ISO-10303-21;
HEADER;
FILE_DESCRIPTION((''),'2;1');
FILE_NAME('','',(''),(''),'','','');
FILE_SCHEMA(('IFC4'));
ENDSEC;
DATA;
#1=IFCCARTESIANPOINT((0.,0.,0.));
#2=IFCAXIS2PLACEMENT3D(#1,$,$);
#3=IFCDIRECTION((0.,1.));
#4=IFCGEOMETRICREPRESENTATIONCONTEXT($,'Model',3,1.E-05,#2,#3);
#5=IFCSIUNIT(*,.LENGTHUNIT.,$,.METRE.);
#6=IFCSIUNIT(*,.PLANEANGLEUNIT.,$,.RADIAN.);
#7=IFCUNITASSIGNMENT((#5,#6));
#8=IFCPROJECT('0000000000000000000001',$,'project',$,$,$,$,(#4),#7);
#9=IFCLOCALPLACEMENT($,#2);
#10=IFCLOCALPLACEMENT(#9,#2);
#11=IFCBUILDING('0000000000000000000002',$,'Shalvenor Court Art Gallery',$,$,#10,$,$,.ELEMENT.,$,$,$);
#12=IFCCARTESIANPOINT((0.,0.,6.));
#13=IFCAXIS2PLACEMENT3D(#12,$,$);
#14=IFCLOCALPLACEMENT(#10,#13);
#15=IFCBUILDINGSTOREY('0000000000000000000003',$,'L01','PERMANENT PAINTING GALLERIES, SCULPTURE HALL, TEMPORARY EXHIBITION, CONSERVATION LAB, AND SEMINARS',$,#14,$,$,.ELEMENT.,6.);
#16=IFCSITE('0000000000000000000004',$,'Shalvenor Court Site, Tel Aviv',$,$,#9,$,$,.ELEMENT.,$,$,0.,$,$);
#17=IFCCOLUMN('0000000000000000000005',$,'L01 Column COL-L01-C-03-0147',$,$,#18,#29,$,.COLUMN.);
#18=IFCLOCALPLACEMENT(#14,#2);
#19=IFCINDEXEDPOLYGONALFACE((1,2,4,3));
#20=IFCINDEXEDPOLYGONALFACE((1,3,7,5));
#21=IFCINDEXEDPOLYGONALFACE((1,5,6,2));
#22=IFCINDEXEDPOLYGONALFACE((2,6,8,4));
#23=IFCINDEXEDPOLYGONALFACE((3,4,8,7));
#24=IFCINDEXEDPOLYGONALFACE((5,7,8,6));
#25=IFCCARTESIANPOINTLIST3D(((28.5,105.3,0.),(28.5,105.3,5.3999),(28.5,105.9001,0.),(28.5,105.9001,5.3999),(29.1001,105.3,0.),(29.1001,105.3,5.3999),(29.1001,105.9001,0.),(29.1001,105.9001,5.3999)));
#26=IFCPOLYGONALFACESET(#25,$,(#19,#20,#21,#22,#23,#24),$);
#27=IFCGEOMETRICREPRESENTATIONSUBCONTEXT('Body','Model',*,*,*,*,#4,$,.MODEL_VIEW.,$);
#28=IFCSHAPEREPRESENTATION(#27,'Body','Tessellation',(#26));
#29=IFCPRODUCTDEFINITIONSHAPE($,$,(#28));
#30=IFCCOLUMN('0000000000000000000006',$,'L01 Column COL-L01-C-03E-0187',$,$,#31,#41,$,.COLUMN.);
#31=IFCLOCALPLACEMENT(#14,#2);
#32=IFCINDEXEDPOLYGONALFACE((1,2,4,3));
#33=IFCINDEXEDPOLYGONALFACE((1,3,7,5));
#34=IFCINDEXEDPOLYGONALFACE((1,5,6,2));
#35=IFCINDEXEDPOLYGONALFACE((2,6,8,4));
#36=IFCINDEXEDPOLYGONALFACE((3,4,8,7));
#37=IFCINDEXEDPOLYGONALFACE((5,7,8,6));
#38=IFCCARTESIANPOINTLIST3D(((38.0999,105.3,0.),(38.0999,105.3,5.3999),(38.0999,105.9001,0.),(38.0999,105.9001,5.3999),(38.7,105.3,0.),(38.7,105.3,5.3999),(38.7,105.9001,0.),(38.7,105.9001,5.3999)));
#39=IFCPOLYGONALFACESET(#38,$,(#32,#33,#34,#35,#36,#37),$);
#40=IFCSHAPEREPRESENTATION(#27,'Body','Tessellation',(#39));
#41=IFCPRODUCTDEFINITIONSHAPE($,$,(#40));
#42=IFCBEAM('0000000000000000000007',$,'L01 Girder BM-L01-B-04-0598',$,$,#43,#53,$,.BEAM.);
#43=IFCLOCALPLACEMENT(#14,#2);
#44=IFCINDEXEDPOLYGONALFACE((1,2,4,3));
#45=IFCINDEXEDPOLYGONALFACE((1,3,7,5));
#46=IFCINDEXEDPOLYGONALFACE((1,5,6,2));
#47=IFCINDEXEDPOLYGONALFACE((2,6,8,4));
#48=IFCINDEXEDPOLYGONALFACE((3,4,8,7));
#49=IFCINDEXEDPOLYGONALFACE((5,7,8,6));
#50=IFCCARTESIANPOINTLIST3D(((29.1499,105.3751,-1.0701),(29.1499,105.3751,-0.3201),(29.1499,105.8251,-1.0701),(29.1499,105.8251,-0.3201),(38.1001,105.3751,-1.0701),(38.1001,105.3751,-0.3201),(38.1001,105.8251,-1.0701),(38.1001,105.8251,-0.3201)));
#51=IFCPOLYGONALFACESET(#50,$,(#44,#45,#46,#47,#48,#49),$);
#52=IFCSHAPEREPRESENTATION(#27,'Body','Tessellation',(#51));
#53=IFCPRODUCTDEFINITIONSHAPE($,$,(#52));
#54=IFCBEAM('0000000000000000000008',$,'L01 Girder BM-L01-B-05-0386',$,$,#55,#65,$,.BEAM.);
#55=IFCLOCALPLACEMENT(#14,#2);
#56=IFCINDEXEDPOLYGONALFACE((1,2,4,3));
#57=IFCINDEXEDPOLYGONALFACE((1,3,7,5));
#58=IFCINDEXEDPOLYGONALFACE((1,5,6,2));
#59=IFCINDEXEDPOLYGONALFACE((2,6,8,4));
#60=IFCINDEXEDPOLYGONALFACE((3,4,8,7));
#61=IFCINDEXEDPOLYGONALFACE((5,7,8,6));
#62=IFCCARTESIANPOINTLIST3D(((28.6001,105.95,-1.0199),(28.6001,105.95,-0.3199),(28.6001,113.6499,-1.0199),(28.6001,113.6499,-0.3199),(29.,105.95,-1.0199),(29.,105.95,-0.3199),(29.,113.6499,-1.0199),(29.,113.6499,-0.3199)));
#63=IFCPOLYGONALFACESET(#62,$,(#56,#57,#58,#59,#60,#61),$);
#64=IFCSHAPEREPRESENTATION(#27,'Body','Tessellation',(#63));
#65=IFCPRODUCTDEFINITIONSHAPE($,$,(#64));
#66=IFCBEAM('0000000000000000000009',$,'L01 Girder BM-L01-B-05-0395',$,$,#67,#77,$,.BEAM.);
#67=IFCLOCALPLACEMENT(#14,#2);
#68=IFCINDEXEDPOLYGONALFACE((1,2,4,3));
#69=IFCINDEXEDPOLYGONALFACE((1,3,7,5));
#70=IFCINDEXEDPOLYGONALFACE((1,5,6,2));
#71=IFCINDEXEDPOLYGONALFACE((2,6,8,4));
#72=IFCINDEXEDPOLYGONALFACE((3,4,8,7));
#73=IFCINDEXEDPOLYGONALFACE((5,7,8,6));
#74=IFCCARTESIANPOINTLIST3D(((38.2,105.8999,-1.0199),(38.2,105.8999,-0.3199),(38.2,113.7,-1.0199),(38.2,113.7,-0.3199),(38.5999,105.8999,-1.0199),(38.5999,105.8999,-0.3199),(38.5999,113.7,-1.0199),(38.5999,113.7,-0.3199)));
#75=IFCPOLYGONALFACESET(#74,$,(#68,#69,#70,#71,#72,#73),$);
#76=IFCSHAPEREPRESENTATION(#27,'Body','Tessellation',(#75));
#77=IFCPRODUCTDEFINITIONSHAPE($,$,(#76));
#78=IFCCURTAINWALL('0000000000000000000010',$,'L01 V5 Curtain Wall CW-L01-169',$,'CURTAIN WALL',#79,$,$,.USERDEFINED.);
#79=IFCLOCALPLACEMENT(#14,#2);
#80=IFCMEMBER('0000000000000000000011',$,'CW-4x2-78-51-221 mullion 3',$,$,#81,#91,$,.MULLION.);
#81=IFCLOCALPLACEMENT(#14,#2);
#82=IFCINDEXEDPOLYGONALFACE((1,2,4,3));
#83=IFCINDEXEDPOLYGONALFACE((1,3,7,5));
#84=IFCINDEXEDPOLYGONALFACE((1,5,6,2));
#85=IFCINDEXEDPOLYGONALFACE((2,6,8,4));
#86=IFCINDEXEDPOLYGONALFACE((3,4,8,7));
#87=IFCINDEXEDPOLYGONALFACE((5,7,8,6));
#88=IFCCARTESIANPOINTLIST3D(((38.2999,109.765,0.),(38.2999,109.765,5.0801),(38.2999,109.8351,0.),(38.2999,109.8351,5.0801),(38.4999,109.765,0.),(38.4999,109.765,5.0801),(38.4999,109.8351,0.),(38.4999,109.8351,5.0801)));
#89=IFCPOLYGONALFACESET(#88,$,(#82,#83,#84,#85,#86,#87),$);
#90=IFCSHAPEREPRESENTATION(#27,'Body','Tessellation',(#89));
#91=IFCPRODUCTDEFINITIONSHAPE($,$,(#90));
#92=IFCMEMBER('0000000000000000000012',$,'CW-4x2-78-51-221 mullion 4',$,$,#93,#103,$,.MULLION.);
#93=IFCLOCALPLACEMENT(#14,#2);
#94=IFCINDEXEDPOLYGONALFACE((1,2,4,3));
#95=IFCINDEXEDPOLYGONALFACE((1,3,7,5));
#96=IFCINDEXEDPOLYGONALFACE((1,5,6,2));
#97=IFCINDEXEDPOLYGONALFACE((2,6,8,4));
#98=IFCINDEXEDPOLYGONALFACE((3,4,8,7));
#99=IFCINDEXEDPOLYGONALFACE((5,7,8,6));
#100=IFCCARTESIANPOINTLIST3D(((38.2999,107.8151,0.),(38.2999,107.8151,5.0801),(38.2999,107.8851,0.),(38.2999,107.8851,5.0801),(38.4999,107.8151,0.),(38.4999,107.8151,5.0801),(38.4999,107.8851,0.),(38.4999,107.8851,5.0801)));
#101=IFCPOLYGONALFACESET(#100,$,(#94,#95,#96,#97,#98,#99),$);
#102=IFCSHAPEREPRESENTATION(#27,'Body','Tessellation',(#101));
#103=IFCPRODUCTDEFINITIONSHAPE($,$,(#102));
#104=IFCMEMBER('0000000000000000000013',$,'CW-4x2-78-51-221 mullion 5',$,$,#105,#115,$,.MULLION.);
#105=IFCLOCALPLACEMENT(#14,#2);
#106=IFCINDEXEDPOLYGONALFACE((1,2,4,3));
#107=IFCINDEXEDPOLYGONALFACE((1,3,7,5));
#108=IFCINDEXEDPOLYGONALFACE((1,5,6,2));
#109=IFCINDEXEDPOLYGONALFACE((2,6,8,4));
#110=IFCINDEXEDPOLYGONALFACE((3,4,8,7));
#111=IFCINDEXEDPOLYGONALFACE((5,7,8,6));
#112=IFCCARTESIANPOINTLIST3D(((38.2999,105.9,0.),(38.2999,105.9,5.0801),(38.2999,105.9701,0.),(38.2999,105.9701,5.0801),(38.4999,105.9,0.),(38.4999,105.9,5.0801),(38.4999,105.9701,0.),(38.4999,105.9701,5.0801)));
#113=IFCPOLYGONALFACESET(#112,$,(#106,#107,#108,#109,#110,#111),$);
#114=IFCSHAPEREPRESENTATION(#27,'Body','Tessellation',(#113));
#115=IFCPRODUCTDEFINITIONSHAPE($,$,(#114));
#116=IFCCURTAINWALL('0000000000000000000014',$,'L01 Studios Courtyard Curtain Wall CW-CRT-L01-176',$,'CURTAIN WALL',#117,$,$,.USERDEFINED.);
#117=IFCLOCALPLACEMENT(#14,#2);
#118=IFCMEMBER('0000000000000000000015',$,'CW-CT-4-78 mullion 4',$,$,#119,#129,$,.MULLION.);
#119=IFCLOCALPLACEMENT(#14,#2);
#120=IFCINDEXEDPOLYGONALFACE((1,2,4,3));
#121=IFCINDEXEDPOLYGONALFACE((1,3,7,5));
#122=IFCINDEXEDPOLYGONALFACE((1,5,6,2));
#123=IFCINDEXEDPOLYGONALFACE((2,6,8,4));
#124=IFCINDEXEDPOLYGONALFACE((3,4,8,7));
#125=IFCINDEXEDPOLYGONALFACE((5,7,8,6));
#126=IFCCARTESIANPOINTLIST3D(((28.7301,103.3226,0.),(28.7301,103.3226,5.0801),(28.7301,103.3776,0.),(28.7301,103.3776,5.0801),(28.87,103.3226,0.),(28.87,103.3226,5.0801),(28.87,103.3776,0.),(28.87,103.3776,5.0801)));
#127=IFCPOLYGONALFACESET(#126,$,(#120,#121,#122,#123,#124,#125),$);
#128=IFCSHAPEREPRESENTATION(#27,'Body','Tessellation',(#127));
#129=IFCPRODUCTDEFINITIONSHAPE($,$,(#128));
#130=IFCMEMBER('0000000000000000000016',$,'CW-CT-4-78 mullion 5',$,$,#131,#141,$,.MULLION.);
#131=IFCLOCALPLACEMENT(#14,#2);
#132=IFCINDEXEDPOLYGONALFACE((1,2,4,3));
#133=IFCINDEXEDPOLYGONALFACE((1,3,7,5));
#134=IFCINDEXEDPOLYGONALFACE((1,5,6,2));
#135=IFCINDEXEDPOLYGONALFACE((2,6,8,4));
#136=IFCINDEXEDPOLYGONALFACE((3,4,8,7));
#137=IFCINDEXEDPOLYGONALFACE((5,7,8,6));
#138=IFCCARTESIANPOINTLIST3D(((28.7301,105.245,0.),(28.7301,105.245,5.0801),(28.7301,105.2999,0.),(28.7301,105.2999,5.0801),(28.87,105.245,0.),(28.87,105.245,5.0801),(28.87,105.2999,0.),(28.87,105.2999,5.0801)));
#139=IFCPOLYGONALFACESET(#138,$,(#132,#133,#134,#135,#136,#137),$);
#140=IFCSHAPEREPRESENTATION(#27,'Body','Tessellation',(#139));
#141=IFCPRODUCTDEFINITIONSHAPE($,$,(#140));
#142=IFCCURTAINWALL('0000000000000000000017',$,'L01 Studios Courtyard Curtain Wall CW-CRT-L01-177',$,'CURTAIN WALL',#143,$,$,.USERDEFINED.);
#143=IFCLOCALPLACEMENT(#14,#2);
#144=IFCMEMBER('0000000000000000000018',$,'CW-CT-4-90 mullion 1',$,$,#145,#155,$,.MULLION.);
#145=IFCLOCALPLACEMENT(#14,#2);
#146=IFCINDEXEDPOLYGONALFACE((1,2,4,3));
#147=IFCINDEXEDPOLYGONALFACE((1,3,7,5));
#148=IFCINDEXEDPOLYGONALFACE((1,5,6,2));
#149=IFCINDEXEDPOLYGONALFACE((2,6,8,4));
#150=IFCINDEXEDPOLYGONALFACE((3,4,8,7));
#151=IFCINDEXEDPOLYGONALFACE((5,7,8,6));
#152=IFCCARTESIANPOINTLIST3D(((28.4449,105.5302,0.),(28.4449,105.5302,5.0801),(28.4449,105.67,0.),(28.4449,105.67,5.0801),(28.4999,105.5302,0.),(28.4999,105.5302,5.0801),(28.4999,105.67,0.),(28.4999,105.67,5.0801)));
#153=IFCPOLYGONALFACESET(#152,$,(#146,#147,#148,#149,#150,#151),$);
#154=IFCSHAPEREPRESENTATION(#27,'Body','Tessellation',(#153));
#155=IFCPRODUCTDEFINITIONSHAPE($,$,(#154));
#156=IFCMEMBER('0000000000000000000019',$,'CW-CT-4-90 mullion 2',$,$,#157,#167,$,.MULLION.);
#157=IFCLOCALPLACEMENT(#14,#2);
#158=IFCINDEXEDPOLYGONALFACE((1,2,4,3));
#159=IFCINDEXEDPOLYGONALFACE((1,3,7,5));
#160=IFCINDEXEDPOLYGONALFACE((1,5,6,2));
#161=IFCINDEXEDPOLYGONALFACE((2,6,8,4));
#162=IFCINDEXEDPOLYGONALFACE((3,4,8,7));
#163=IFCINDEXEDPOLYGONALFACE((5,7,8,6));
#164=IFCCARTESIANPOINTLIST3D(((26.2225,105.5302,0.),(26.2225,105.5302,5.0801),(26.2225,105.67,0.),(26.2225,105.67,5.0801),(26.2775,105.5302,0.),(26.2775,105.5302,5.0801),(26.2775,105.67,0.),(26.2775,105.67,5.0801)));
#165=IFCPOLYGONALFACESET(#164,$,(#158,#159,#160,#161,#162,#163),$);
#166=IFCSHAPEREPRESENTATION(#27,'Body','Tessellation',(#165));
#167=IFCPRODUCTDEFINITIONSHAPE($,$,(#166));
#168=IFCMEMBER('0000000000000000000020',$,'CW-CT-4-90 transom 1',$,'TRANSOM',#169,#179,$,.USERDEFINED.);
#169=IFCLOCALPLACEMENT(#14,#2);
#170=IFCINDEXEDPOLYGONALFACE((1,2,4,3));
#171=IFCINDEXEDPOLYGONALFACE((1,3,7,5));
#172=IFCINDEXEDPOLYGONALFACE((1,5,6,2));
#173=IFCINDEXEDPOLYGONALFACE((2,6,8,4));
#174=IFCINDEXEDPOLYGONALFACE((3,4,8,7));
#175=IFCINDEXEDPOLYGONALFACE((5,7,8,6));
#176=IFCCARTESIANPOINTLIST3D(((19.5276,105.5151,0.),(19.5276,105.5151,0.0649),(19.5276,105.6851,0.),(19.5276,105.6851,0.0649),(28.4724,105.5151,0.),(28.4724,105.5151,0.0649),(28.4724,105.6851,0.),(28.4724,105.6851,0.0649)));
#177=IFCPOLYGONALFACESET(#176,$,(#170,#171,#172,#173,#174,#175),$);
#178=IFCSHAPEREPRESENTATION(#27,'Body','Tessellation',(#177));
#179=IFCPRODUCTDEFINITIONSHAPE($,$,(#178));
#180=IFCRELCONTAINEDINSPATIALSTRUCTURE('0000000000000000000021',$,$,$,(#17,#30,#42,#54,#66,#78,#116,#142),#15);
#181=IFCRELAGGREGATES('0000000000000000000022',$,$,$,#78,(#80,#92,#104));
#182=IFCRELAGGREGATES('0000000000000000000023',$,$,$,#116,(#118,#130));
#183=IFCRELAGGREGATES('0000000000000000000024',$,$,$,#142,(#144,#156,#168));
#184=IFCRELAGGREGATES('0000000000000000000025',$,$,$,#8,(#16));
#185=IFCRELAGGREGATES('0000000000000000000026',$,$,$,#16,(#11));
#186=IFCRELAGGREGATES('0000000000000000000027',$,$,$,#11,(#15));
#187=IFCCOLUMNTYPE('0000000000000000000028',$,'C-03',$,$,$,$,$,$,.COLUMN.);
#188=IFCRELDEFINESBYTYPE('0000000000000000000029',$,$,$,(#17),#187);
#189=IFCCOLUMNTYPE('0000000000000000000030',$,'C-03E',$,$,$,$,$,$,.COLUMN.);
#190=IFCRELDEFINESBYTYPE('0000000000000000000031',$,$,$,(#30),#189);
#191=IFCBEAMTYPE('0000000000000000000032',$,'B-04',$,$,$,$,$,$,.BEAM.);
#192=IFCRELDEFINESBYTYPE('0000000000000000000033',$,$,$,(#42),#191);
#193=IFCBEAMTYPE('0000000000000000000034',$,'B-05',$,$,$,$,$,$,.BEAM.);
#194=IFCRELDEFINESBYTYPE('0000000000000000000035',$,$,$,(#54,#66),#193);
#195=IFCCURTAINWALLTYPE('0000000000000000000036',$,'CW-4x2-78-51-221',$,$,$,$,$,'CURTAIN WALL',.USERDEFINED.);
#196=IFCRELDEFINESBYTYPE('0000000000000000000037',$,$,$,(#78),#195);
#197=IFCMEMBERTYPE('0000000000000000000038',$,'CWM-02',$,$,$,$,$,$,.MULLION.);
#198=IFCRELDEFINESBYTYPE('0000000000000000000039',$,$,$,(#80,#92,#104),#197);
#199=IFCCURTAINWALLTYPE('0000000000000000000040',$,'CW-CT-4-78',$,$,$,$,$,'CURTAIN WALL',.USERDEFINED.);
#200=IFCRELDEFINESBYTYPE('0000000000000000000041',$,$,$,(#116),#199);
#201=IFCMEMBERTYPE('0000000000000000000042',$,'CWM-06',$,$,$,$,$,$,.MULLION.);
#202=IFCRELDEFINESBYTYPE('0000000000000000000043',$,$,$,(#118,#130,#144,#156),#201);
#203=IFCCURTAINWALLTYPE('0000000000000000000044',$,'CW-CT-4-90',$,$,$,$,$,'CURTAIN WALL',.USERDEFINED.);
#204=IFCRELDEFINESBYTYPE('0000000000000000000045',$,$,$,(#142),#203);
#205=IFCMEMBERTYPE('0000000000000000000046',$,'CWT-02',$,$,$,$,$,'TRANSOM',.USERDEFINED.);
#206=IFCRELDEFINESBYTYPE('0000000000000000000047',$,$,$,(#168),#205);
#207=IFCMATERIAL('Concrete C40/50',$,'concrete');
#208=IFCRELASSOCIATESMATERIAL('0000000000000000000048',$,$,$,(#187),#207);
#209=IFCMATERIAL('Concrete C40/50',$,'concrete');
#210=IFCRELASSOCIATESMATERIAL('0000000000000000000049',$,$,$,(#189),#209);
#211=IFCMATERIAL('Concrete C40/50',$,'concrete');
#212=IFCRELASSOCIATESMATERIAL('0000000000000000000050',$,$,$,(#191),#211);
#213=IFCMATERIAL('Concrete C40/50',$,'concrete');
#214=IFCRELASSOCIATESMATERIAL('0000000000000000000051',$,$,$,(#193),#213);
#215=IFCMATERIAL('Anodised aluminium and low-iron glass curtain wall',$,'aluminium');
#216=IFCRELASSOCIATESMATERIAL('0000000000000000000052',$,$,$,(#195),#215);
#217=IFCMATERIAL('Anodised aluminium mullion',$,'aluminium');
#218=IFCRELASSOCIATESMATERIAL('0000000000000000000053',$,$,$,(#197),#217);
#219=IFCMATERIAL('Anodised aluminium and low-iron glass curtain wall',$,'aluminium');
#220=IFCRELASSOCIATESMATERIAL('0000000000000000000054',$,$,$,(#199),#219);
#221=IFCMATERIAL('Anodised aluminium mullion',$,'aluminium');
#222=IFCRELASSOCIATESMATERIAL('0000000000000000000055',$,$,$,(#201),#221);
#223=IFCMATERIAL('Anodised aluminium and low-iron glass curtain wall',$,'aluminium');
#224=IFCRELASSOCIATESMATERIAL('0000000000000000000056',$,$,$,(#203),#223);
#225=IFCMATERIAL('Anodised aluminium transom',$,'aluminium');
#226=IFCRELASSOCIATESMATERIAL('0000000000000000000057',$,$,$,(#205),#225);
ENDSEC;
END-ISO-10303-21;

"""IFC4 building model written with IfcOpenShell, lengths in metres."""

from ifc_helpers import new_model, si_unit, direction, frame, origin, origin_2d, place, context, subcontext, project, spatial, rectangle, extrude, material, material_profile, profile_set, type_object, element, aggregate, save


model = new_model("IFC4")

# Units and contexts
model_context = context("Model", 3, precision=1e-05, world=origin(), true_north=direction((0.0, 1.0)))
body_context = subcontext(model_context, "Body", "Model", "MODEL_VIEW")
ifc_project = project(units=[si_unit("LENGTHUNIT", "METRE"), si_unit("PLANEANGLEUNIT", "RADIAN")], contexts=[model_context])

# Site, building, storey
site_placement = place(None, origin())
site = spatial("IfcSite", under=ifc_project, at=site_placement, Name="Shalvenor Court Site, Tel Aviv", CompositionType="ELEMENT", RefElevation=0.0)
building_placement = place(site_placement, origin())
building = spatial("IfcBuilding", under=site, at=building_placement, Name="Shalvenor Court Art Gallery", CompositionType="ELEMENT")
storey_placement = place(building_placement, frame((0.0, 0.0, 6.0)))
storey = spatial("IfcBuildingStorey", under=building, at=storey_placement, Name="L01", Description="PERMANENT PAINTING GALLERIES, SCULPTURE HALL, TEMPORARY EXHIBITION, CONSERVATION LAB, AND SEMINARS", CompositionType="ELEMENT", Elevation=6.0)

# Columns
ifc_material_1 = material(Name="Concrete C40/50", Category="concrete")
ifc_material_profile_1 = material_profile(ifc_material_1, rectangle(XDim=0.6001, YDim=0.6001, at=origin_2d()), Name="RC 600x600")
ifc_profile_set_1 = profile_set([ifc_material_profile_1], Name="Concrete C40/50")
column_type_1 = type_object("IfcColumnType", Name="C-03", PredefinedType="COLUMN", material=ifc_profile_set_1)
column_1_placement = place(storey_placement, frame((28.8, 105.6001, 0.0), z_axis=(0.0, 0.0, 1.0), x_axis=(1.0, 0.0, 0.0)))
element("IfcColumn", 1, at=column_1_placement, inside=storey, type_object=column_type_1, Name="L01 Column COL-L01-C-03-0147", PredefinedType="COLUMN", context=body_context, shape_type="SweptSolid", body=[
    extrude(rectangle(XDim=0.6001, YDim=0.6001, at=origin_2d()), origin(), (0.0, 0.0, 1.0), 5.3999),
])
ifc_material_2 = material(Name="Concrete C40/50", Category="concrete")
ifc_material_profile_2 = material_profile(ifc_material_2, rectangle(XDim=0.6001, YDim=0.6001, at=origin_2d()), Name="RC 600x600")
ifc_profile_set_2 = profile_set([ifc_material_profile_2], Name="Concrete C40/50")
column_type_2 = type_object("IfcColumnType", Name="C-03E", PredefinedType="COLUMN", material=ifc_profile_set_2)
column_2_placement = place(storey_placement, frame((38.3999, 105.6001, 0.0), z_axis=(0.0, 0.0, 1.0), x_axis=(1.0, 0.0, 0.0)))
element("IfcColumn", 2, at=column_2_placement, inside=storey, type_object=column_type_2, Name="L01 Column COL-L01-C-03E-0187", PredefinedType="COLUMN", context=body_context, shape_type="SweptSolid", body=[
    extrude(rectangle(XDim=0.6001, YDim=0.6001, at=origin_2d()), origin(), (0.0, 0.0, 1.0), 5.3999),
])

# Beams
ifc_material_3 = material(Name="Concrete C40/50", Category="concrete")
ifc_material_profile_3 = material_profile(ifc_material_3, rectangle(XDim=0.45, YDim=0.75, at=origin_2d()), Name="RC 450x750")
ifc_profile_set_3 = profile_set([ifc_material_profile_3], Name="Concrete C40/50")
beam_type_1 = type_object("IfcBeamType", Name="B-04", PredefinedType="BEAM", material=ifc_profile_set_3)
beam_1_placement = place(storey_placement, frame((29.1499, 105.6001, -0.6951), z_axis=(1.0, 0.0, 0.0), x_axis=(0.0, 1.0, 0.0)))
element("IfcBeam", 3, at=beam_1_placement, inside=storey, type_object=beam_type_1, Name="L01 Girder BM-L01-B-04-0598", PredefinedType="BEAM", context=body_context, shape_type="SweptSolid", body=[
    extrude(rectangle(XDim=0.45, YDim=0.75, at=origin_2d()), origin(), (0.0, 0.0, 1.0), 8.9502),
])
ifc_material_4 = material(Name="Concrete C40/50", Category="concrete")
ifc_material_profile_4 = material_profile(ifc_material_4, rectangle(XDim=0.3999, YDim=0.7, at=origin_2d()), Name="RC 400x700")
ifc_profile_set_4 = profile_set([ifc_material_profile_4], Name="Concrete C40/50")
beam_type_2 = type_object("IfcBeamType", Name="B-05", PredefinedType="BEAM", material=ifc_profile_set_4)
beam_2_placement = place(storey_placement, frame((28.8, 105.95, -0.6699), z_axis=(0.0, 1.0, 0.0), x_axis=(-1.0, 0.0, 0.0)))
element("IfcBeam", 4, at=beam_2_placement, inside=storey, type_object=beam_type_2, Name="L01 Girder BM-L01-B-05-0386", PredefinedType="BEAM", context=body_context, shape_type="SweptSolid", body=[
    extrude(rectangle(XDim=0.3999, YDim=0.7, at=origin_2d()), origin(), (0.0, 0.0, 1.0), 7.7),
])
beam_3_placement = place(storey_placement, frame((38.3999, 105.8999, -0.6699), z_axis=(0.0, 1.0, 0.0), x_axis=(-1.0, 0.0, 0.0)))
element("IfcBeam", 5, at=beam_3_placement, inside=storey, type_object=beam_type_2, Name="L01 Girder BM-L01-B-05-0395", PredefinedType="BEAM", context=body_context, shape_type="SweptSolid", body=[
    extrude(rectangle(XDim=0.3999, YDim=0.7, at=origin_2d()), origin(), (0.0, 0.0, 1.0), 7.8),
])

# Curtain walls, members
ifc_material_5 = material(Name="Anodised aluminium and low-iron glass curtain wall", Category="aluminium")
curtain_wall_type_1 = type_object("IfcCurtainWallType", Name="CW-4x2-78-51-221", ElementType="CURTAIN WALL", PredefinedType="USERDEFINED", material=ifc_material_5)
curtain_wall_1_placement = place(storey_placement, origin())
curtain_wall_1 = element("IfcCurtainWall", 6, at=curtain_wall_1_placement, inside=storey, type_object=curtain_wall_type_1, Name="L01 V5 Curtain Wall CW-L01-169", ObjectType="CURTAIN WALL", PredefinedType="USERDEFINED")
ifc_material_6 = material(Name="Anodised aluminium mullion", Category="aluminium")
ifc_material_profile_5 = material_profile(ifc_material_6, rectangle(XDim=0.0701, YDim=0.2, at=origin_2d()), Name="CWM-02")
ifc_profile_set_5 = profile_set([ifc_material_profile_5], Name="Anodised aluminium mullion")
member_type_1 = type_object("IfcMemberType", Name="CWM-02", PredefinedType="MULLION", material=ifc_profile_set_5)
member_1_placement = place(storey_placement, frame((38.3999, 109.8, 0.0), z_axis=(0.0, 0.0, 1.0), x_axis=(0.0, -1.0, 0.0)))
member_1 = element("IfcMember", 7, at=member_1_placement, type_object=member_type_1, Name="CW-4x2-78-51-221 mullion 3", PredefinedType="MULLION", context=body_context, shape_type="SweptSolid", body=[
    extrude(rectangle(XDim=0.0701, YDim=0.2, at=origin_2d()), origin(), (0.0, 0.0, 1.0), 5.0801),
])
member_2_placement = place(storey_placement, frame((38.3999, 107.8501, 0.0), z_axis=(0.0, 0.0, 1.0), x_axis=(0.0, -1.0, 0.0)))
member_2 = element("IfcMember", 8, at=member_2_placement, type_object=member_type_1, Name="CW-4x2-78-51-221 mullion 4", PredefinedType="MULLION", context=body_context, shape_type="SweptSolid", body=[
    extrude(rectangle(XDim=0.0701, YDim=0.2, at=origin_2d()), origin(), (0.0, 0.0, 1.0), 5.0801),
])
member_3_placement = place(storey_placement, frame((38.3999, 105.9351, 0.0), z_axis=(0.0, 0.0, 1.0), x_axis=(0.0, -1.0, 0.0)))
member_3 = element("IfcMember", 9, at=member_3_placement, type_object=member_type_1, Name="CW-4x2-78-51-221 mullion 5", PredefinedType="MULLION", context=body_context, shape_type="SweptSolid", body=[
    extrude(rectangle(XDim=0.0701, YDim=0.2, at=origin_2d()), origin(), (0.0, 0.0, 1.0), 5.0801),
])
ifc_material_7 = material(Name="Anodised aluminium and low-iron glass curtain wall", Category="aluminium")
curtain_wall_type_2 = type_object("IfcCurtainWallType", Name="CW-CT-4-78", ElementType="CURTAIN WALL", PredefinedType="USERDEFINED", material=ifc_material_7)
curtain_wall_2_placement = place(storey_placement, origin())
curtain_wall_2 = element("IfcCurtainWall", 10, at=curtain_wall_2_placement, inside=storey, type_object=curtain_wall_type_2, Name="L01 Studios Courtyard Curtain Wall CW-CRT-L01-176", ObjectType="CURTAIN WALL", PredefinedType="USERDEFINED")
ifc_material_8 = material(Name="Anodised aluminium mullion", Category="aluminium")
ifc_material_profile_6 = material_profile(ifc_material_8, rectangle(XDim=0.0549, YDim=0.1399, at=origin_2d()), Name="CWM-06")
ifc_profile_set_6 = profile_set([ifc_material_profile_6], Name="Anodised aluminium mullion")
member_type_2 = type_object("IfcMemberType", Name="CWM-06", PredefinedType="MULLION", material=ifc_profile_set_6)
member_4_placement = place(storey_placement, frame((28.8, 103.3501, 0.0), z_axis=(0.0, 0.0, 1.0), x_axis=(0.0, 1.0, 0.0)))
member_4 = element("IfcMember", 11, at=member_4_placement, type_object=member_type_2, Name="CW-CT-4-78 mullion 4", PredefinedType="MULLION", context=body_context, shape_type="SweptSolid", body=[
    extrude(rectangle(XDim=0.0549, YDim=0.1399, at=origin_2d()), origin(), (0.0, 0.0, 1.0), 5.0801),
])
member_5_placement = place(storey_placement, frame((28.8, 105.2725, 0.0), z_axis=(0.0, 0.0, 1.0), x_axis=(0.0, 1.0, 0.0)))
member_5 = element("IfcMember", 12, at=member_5_placement, type_object=member_type_2, Name="CW-CT-4-78 mullion 5", PredefinedType="MULLION", context=body_context, shape_type="SweptSolid", body=[
    extrude(rectangle(XDim=0.0549, YDim=0.1399, at=origin_2d()), origin(), (0.0, 0.0, 1.0), 5.0801),
])
ifc_material_9 = material(Name="Anodised aluminium and low-iron glass curtain wall", Category="aluminium")
curtain_wall_type_3 = type_object("IfcCurtainWallType", Name="CW-CT-4-90", ElementType="CURTAIN WALL", PredefinedType="USERDEFINED", material=ifc_material_9)
curtain_wall_3_placement = place(storey_placement, origin())
curtain_wall_3 = element("IfcCurtainWall", 13, at=curtain_wall_3_placement, inside=storey, type_object=curtain_wall_type_3, Name="L01 Studios Courtyard Curtain Wall CW-CRT-L01-177", ObjectType="CURTAIN WALL", PredefinedType="USERDEFINED")
member_6_placement = place(storey_placement, frame((28.4724, 105.6001, 0.0), z_axis=(0.0, 0.0, 1.0), x_axis=(-1.0, 0.0, 0.0)))
member_6 = element("IfcMember", 14, at=member_6_placement, type_object=member_type_2, Name="CW-CT-4-90 mullion 1", PredefinedType="MULLION", context=body_context, shape_type="SweptSolid", body=[
    extrude(rectangle(XDim=0.0549, YDim=0.1399, at=origin_2d()), origin(), (0.0, 0.0, 1.0), 5.0801),
])
member_7_placement = place(storey_placement, frame((26.25, 105.6001, 0.0), z_axis=(0.0, 0.0, 1.0), x_axis=(-1.0, 0.0, 0.0)))
member_7 = element("IfcMember", 15, at=member_7_placement, type_object=member_type_2, Name="CW-CT-4-90 mullion 2", PredefinedType="MULLION", context=body_context, shape_type="SweptSolid", body=[
    extrude(rectangle(XDim=0.0549, YDim=0.1399, at=origin_2d()), origin(), (0.0, 0.0, 1.0), 5.0801),
])
ifc_material_10 = material(Name="Anodised aluminium transom", Category="aluminium")
ifc_material_profile_7 = material_profile(ifc_material_10, rectangle(XDim=0.1699, YDim=0.0649, at=origin_2d()), Name="CWT-02")
ifc_profile_set_7 = profile_set([ifc_material_profile_7], Name="Anodised aluminium transom")
member_type_3 = type_object("IfcMemberType", Name="CWT-02", ElementType="TRANSOM", PredefinedType="USERDEFINED", material=ifc_profile_set_7)
member_8_placement = place(storey_placement, frame((28.4724, 105.6001, 0.0325), z_axis=(-1.0, 0.0, 0.0), x_axis=(0.0, -1.0, 0.0)))
member_8 = element("IfcMember", 16, at=member_8_placement, type_object=member_type_3, Name="CW-CT-4-90 transom 1", ObjectType="TRANSOM", PredefinedType="USERDEFINED", context=body_context, shape_type="SweptSolid", body=[
    extrude(rectangle(XDim=0.1699, YDim=0.0649, at=origin_2d()), origin(), (0.0, 0.0, 1.0), 8.9448),
])

aggregate(curtain_wall_1, [member_1, member_2, member_3])
aggregate(curtain_wall_2, [member_4, member_5])
aggregate(curtain_wall_3, [member_6, member_7, member_8])

save(model, "model.ifc")
